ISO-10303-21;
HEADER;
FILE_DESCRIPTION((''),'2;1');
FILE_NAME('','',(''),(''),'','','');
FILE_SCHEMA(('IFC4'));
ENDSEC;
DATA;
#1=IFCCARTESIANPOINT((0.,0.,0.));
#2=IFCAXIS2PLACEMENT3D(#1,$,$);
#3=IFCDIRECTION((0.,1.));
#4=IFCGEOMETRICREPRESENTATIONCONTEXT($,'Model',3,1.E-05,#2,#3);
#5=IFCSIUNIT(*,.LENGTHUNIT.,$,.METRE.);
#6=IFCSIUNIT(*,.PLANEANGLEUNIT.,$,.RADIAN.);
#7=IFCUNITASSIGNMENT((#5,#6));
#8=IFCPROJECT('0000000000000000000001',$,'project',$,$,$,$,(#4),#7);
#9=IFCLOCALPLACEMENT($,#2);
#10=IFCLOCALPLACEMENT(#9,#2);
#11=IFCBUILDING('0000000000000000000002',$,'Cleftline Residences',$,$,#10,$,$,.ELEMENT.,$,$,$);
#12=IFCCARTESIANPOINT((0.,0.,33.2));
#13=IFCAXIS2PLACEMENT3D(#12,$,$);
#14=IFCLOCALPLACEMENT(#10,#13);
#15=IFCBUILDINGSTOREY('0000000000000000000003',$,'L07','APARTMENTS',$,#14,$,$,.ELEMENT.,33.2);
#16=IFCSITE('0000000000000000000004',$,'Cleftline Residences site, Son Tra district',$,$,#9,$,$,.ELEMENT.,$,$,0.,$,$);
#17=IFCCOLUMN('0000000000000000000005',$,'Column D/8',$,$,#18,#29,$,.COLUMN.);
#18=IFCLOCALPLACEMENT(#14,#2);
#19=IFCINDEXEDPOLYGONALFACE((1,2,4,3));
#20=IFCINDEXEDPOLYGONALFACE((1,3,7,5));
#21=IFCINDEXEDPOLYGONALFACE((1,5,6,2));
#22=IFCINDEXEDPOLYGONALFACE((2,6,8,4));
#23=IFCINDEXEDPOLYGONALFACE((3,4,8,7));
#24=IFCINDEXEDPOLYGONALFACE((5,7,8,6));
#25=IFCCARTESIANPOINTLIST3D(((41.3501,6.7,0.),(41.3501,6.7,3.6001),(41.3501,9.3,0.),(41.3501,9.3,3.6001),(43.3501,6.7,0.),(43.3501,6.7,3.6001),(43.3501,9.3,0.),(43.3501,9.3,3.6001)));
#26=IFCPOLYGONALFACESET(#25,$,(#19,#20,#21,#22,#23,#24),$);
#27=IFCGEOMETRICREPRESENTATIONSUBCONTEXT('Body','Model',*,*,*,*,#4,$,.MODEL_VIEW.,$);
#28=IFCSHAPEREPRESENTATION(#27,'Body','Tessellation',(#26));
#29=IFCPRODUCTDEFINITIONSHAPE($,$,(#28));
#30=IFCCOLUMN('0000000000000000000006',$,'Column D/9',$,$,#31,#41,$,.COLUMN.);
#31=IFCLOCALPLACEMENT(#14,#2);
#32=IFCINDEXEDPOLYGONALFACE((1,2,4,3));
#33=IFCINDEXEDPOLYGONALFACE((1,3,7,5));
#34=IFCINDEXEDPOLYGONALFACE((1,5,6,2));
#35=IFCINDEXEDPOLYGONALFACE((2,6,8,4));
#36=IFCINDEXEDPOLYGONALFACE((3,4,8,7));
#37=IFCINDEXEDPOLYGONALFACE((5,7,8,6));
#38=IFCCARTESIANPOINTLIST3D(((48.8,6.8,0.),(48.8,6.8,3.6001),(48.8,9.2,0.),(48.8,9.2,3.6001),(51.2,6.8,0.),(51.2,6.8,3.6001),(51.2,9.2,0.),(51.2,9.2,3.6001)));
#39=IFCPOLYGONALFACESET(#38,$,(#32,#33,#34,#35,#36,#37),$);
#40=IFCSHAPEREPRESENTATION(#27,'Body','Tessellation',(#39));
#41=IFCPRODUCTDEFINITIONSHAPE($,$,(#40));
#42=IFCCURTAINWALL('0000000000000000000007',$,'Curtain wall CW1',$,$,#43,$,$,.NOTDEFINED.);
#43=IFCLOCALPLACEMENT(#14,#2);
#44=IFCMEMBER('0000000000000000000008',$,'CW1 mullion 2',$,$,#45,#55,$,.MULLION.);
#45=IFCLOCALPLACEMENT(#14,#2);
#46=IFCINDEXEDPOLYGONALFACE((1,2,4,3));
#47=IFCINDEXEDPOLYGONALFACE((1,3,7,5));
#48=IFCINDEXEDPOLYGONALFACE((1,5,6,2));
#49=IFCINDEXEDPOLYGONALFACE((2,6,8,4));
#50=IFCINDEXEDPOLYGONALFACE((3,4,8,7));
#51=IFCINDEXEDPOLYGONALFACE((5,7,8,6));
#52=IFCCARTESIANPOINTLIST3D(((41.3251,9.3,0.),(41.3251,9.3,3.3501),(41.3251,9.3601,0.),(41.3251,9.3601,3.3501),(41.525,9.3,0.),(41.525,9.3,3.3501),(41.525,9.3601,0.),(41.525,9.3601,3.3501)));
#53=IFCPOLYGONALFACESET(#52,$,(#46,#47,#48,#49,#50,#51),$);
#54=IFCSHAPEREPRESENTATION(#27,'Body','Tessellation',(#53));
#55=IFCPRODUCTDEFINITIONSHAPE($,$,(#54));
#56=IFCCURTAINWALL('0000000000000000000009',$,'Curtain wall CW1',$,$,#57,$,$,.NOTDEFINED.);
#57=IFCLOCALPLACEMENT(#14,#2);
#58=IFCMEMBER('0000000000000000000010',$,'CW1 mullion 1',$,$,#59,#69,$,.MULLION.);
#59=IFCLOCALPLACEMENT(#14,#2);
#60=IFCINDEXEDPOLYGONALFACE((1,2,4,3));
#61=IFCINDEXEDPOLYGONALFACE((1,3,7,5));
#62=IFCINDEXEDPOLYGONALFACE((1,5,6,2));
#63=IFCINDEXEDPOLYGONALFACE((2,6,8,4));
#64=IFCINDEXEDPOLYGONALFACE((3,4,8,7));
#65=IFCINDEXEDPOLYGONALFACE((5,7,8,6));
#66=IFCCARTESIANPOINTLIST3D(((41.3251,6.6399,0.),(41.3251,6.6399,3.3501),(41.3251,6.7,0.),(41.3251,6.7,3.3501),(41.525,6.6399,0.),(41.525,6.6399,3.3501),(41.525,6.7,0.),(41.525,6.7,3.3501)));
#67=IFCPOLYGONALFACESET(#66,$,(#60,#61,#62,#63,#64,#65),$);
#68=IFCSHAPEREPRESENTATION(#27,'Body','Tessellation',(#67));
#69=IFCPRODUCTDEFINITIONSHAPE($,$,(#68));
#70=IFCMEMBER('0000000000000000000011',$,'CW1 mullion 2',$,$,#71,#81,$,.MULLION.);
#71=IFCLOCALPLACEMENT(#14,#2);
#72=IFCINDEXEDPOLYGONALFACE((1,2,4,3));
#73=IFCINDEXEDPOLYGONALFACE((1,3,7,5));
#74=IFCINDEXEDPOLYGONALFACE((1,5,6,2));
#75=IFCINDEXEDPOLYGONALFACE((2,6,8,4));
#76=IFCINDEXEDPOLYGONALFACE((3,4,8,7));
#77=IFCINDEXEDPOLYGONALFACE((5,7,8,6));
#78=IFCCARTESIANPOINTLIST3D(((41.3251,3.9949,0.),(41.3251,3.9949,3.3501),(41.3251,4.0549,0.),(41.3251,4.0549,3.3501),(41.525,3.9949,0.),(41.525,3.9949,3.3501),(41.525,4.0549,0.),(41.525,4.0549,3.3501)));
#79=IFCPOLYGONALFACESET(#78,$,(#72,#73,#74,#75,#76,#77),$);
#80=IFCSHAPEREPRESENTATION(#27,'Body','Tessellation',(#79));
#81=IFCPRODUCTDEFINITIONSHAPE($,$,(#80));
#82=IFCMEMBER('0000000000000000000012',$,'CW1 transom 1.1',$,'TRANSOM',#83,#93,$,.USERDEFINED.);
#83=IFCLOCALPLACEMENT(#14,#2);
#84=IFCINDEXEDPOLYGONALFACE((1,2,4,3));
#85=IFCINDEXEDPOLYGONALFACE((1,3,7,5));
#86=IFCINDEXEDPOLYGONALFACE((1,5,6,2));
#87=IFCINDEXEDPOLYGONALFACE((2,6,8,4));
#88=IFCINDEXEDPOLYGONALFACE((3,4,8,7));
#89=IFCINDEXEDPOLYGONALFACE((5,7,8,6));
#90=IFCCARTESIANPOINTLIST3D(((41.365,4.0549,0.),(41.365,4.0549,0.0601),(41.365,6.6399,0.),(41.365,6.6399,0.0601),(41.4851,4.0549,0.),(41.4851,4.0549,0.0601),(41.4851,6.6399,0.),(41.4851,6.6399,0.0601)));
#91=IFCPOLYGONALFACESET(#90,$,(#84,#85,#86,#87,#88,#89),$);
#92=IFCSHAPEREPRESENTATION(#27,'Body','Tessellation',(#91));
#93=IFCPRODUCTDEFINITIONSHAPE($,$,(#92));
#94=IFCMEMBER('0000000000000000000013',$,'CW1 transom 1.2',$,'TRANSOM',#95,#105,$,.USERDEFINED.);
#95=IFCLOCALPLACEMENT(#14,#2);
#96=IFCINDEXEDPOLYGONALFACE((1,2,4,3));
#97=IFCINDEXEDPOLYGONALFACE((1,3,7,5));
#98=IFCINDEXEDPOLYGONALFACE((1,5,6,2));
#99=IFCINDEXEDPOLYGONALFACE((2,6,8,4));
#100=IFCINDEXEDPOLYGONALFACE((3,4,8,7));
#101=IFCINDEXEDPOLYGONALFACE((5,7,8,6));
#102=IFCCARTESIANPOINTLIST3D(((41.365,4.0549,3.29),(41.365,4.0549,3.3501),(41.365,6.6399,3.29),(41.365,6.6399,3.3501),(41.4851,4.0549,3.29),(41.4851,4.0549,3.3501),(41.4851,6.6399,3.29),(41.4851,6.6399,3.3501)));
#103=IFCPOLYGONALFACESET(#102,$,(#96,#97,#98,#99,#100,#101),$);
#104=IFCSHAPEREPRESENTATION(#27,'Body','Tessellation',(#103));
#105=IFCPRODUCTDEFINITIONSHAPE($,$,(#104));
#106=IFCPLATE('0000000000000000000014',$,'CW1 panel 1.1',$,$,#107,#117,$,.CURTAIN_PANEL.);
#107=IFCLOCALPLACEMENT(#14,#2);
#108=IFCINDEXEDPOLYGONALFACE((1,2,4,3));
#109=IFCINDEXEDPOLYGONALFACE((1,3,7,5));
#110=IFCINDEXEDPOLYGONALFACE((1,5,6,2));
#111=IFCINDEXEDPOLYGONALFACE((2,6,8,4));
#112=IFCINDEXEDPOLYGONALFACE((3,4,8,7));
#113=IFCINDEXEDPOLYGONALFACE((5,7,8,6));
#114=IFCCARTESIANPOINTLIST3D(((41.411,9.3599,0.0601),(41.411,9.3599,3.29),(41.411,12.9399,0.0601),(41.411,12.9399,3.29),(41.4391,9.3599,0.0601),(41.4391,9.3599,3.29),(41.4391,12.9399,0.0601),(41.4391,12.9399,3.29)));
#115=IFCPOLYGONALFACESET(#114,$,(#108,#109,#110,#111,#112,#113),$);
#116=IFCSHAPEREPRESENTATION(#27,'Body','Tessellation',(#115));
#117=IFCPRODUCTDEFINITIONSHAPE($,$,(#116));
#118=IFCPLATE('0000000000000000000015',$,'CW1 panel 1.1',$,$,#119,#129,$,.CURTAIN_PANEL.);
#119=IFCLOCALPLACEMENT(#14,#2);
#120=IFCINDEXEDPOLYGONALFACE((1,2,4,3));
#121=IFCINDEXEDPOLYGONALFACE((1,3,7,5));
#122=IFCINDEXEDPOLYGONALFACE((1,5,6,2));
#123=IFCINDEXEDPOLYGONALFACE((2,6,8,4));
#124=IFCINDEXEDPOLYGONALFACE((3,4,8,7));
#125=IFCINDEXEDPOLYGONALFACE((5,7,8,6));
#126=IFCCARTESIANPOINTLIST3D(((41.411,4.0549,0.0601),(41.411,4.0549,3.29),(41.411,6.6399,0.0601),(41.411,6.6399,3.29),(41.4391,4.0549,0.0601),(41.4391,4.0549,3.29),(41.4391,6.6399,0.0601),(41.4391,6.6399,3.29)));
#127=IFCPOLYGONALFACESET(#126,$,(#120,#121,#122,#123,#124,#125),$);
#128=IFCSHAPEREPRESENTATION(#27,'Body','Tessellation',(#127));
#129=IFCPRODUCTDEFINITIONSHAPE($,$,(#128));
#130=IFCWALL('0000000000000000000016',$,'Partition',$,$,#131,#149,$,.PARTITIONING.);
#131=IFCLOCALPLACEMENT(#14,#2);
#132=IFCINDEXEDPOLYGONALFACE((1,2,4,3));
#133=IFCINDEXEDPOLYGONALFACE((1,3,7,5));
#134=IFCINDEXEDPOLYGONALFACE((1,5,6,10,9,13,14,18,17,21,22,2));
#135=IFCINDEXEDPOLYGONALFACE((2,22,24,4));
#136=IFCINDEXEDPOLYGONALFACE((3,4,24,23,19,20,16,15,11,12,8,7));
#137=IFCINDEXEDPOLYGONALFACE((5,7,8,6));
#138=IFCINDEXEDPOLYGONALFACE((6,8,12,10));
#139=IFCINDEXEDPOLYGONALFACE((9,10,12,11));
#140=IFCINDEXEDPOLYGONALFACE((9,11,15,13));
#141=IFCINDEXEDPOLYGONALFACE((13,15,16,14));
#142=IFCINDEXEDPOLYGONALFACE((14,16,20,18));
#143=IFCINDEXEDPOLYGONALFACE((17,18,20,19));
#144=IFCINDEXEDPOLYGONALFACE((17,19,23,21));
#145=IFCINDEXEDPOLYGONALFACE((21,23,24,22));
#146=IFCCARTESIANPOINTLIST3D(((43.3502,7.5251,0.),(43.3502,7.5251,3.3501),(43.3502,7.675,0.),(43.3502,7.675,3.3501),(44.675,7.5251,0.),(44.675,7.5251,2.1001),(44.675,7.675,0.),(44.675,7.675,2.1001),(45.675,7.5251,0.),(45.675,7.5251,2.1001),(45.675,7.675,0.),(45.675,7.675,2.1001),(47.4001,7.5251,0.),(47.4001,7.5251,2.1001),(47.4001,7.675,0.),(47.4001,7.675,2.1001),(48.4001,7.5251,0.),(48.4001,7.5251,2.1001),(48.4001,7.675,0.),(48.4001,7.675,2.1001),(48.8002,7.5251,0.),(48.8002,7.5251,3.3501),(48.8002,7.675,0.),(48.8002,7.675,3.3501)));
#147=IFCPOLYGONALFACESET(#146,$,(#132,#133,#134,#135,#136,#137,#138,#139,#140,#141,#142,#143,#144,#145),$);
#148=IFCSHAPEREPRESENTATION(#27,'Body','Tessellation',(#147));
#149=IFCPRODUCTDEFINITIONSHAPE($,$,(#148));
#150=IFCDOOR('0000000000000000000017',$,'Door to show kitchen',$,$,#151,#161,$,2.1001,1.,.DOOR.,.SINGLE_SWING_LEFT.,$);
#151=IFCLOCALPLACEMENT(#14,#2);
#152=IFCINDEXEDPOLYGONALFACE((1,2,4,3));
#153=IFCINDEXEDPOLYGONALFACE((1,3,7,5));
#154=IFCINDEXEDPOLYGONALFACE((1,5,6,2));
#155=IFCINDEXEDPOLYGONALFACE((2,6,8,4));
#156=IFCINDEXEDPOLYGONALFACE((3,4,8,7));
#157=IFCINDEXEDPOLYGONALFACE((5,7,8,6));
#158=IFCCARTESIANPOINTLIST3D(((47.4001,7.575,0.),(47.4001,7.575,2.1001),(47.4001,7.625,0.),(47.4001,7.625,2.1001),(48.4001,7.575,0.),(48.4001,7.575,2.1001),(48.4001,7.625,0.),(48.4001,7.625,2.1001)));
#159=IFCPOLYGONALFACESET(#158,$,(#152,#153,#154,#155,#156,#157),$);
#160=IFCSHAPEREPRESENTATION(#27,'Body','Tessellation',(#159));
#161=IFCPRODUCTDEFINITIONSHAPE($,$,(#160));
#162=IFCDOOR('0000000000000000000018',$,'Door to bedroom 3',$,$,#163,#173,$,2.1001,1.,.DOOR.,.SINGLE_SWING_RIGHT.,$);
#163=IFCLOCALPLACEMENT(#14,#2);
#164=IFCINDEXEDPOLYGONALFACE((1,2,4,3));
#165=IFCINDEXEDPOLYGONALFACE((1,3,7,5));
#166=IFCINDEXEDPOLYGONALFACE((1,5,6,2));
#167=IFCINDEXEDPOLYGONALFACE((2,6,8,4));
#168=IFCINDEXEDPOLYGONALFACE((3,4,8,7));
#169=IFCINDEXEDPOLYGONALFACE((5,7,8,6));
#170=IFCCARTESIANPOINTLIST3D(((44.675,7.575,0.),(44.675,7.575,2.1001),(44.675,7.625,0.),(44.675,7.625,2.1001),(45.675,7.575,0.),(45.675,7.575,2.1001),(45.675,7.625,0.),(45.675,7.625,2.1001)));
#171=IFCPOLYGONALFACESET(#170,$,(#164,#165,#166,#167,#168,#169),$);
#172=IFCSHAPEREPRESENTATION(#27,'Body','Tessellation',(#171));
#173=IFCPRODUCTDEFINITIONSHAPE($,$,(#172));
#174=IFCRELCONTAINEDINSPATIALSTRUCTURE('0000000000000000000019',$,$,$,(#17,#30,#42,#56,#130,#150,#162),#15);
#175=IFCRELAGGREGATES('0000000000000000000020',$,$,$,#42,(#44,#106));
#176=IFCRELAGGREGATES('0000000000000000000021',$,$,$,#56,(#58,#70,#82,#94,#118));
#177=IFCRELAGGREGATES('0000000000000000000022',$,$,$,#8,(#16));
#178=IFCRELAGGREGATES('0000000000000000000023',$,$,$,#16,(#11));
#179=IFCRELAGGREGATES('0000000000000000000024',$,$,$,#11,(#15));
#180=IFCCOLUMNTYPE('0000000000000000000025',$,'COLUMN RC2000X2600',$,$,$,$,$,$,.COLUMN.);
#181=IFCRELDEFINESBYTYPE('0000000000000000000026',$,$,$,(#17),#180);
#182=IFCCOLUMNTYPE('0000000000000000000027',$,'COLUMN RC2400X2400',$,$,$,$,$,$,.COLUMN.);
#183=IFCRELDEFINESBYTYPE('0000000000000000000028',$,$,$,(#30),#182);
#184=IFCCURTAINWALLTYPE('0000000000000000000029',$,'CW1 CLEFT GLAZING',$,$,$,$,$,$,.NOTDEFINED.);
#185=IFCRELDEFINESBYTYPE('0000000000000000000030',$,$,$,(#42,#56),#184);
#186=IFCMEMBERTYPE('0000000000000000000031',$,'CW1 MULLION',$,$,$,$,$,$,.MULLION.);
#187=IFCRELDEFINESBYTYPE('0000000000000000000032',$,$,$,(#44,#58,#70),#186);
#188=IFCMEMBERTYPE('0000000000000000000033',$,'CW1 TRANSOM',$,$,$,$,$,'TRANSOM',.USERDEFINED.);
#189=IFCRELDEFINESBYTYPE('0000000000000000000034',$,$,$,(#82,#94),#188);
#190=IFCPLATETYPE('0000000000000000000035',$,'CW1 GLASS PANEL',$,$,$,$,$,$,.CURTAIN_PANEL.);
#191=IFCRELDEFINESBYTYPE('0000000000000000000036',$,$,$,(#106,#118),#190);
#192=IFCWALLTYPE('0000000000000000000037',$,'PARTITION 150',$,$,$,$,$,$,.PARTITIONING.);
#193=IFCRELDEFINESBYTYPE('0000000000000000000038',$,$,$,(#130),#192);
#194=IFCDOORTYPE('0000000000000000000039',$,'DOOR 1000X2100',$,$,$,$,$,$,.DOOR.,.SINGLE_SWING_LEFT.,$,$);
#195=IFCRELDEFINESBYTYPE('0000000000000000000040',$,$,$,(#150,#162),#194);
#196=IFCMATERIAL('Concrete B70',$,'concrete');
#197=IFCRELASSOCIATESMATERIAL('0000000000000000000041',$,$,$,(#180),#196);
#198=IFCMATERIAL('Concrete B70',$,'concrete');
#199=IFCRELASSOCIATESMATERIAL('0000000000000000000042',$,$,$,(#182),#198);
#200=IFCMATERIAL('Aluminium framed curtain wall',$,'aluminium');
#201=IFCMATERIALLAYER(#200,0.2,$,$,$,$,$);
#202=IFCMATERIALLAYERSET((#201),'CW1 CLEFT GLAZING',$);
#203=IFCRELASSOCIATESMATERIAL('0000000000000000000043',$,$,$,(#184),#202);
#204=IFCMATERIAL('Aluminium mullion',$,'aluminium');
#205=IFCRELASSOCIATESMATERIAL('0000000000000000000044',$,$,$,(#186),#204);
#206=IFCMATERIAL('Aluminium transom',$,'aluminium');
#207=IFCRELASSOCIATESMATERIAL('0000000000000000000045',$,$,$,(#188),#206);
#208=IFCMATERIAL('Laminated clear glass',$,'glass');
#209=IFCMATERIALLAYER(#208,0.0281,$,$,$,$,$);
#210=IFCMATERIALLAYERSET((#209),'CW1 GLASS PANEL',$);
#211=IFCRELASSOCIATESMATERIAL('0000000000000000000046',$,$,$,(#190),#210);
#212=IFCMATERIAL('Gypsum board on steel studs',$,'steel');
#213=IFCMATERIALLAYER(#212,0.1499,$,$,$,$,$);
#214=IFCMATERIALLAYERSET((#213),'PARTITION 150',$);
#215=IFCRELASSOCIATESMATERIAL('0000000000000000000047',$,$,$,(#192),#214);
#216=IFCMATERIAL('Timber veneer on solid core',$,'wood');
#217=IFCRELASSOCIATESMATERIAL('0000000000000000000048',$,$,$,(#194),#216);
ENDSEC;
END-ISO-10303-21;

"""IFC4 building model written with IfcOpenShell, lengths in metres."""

from ifc_helpers import new_model, si_unit, direction, frame, frame_2d, origin, origin_2d, place, context, subcontext, project, spatial, rectangle, extrude, material, layer, layer_set, material_profile, profile_set, type_object, element, fill, aggregate, save


model = new_model("IFC4")

# Units and contexts
model_context = context("Model", 3, precision=1e-05, world=origin(), true_north=direction((0.0, 1.0)))
body_context = subcontext(model_context, "Body", "Model", "MODEL_VIEW")
ifc_project = project(units=[si_unit("LENGTHUNIT", "METRE"), si_unit("PLANEANGLEUNIT", "RADIAN")], contexts=[model_context])

# Site, building, storey
site_placement = place(None, origin())
site = spatial("IfcSite", under=ifc_project, at=site_placement, Name="Cleftline Residences site, Son Tra district", CompositionType="ELEMENT", RefElevation=0.0)
building_placement = place(site_placement, origin())
building = spatial("IfcBuilding", under=site, at=building_placement, Name="Cleftline Residences", CompositionType="ELEMENT")
storey_placement = place(building_placement, frame((0.0, 0.0, 33.2)))
storey = spatial("IfcBuildingStorey", under=building, at=storey_placement, Name="L07", Description="APARTMENTS", CompositionType="ELEMENT", Elevation=33.2)

# Columns
ifc_material_1 = material(Name="Concrete B70", Category="concrete")
ifc_material_profile_1 = material_profile(ifc_material_1, rectangle(XDim=2.0, YDim=2.6001, at=origin_2d()))
ifc_profile_set_1 = profile_set([ifc_material_profile_1], Name="Concrete B70")
column_type_1 = type_object("IfcColumnType", Name="COLUMN RC2000X2600", PredefinedType="COLUMN", material=ifc_profile_set_1)
column_1_placement = place(storey_placement, frame((42.3501, 8.0, 0.0), z_axis=(0.0, 0.0, 1.0), x_axis=(1.0, 0.0, 0.0)))
element("IfcColumn", 1, at=column_1_placement, inside=storey, type_object=column_type_1, Name="Column D/8", PredefinedType="COLUMN", context=body_context, shape_type="SweptSolid", body=[
    extrude(rectangle(XDim=2.0, YDim=2.6001, at=origin_2d()), origin(), (0.0, 0.0, 1.0), 3.6001),
])
ifc_material_2 = material(Name="Concrete B70", Category="concrete")
ifc_material_profile_2 = material_profile(ifc_material_2, rectangle(XDim=2.3999, YDim=2.3999, at=origin_2d()))
ifc_profile_set_2 = profile_set([ifc_material_profile_2], Name="Concrete B70")
column_type_2 = type_object("IfcColumnType", Name="COLUMN RC2400X2400", PredefinedType="COLUMN", material=ifc_profile_set_2)
column_2_placement = place(storey_placement, frame((50.0, 8.0, 0.0), z_axis=(0.0, 0.0, 1.0), x_axis=(1.0, 0.0, 0.0)))
element("IfcColumn", 2, at=column_2_placement, inside=storey, type_object=column_type_2, Name="Column D/9", PredefinedType="COLUMN", context=body_context, shape_type="SweptSolid", body=[
    extrude(rectangle(XDim=2.3999, YDim=2.3999, at=origin_2d()), origin(), (0.0, 0.0, 1.0), 3.6001),
])

# Curtain wall, member
ifc_material_3 = material(Name="Aluminium framed curtain wall", Category="aluminium")
ifc_layer_1 = layer(ifc_material_3, 0.2)
ifc_layer_set_1 = layer_set([ifc_layer_1], Name="CW1 CLEFT GLAZING")
curtain_wall_type = type_object("IfcCurtainWallType", Name="CW1 CLEFT GLAZING", PredefinedType="NOTDEFINED", material=ifc_layer_set_1)
curtain_wall_1_placement = place(storey_placement, origin())
curtain_wall_1 = element("IfcCurtainWall", 3, at=curtain_wall_1_placement, inside=storey, type_object=curtain_wall_type, Name="Curtain wall CW1", PredefinedType="NOTDEFINED")
ifc_material_4 = material(Name="Aluminium mullion", Category="aluminium")
ifc_material_profile_3 = material_profile(ifc_material_4, rectangle(XDim=0.2, YDim=0.0601, at=origin_2d()))
ifc_profile_set_3 = profile_set([ifc_material_profile_3], Name="Aluminium mullion")
member_type_1 = type_object("IfcMemberType", Name="CW1 MULLION", PredefinedType="MULLION", material=ifc_profile_set_3)
member_1_placement = place(storey_placement, frame((41.425, 9.3301, 0.0), z_axis=(0.0, 0.0, 1.0), x_axis=(1.0, 0.0, 0.0)))
member_1 = element("IfcMember", 4, at=member_1_placement, type_object=member_type_1, Name="CW1 mullion 2", PredefinedType="MULLION", context=body_context, shape_type="SweptSolid", body=[
    extrude(rectangle(XDim=0.2, YDim=0.0601, at=origin_2d()), origin(), (0.0, 0.0, 1.0), 3.3501),
])

# Curtain wall, members
curtain_wall_2_placement = place(storey_placement, origin())
curtain_wall_2 = element("IfcCurtainWall", 5, at=curtain_wall_2_placement, inside=storey, type_object=curtain_wall_type, Name="Curtain wall CW1", PredefinedType="NOTDEFINED")
member_2_placement = place(storey_placement, frame((41.425, 6.6699, 0.0), z_axis=(0.0, 0.0, 1.0), x_axis=(1.0, 0.0, 0.0)))
member_2 = element("IfcMember", 6, at=member_2_placement, type_object=member_type_1, Name="CW1 mullion 1", PredefinedType="MULLION", context=body_context, shape_type="SweptSolid", body=[
    extrude(rectangle(XDim=0.2, YDim=0.0601, at=origin_2d()), origin(), (0.0, 0.0, 1.0), 3.3501),
])
member_3_placement = place(storey_placement, frame((41.425, 4.0249, 0.0), z_axis=(0.0, 0.0, 1.0), x_axis=(1.0, 0.0, 0.0)))
member_3 = element("IfcMember", 7, at=member_3_placement, type_object=member_type_1, Name="CW1 mullion 2", PredefinedType="MULLION", context=body_context, shape_type="SweptSolid", body=[
    extrude(rectangle(XDim=0.2, YDim=0.0601, at=origin_2d()), origin(), (0.0, 0.0, 1.0), 3.3501),
])
ifc_material_5 = material(Name="Aluminium transom", Category="aluminium")
ifc_material_profile_4 = material_profile(ifc_material_5, rectangle(XDim=0.1201, YDim=0.0601, at=origin_2d()))
ifc_profile_set_4 = profile_set([ifc_material_profile_4], Name="Aluminium transom")
member_type_2 = type_object("IfcMemberType", Name="CW1 TRANSOM", ElementType="TRANSOM", PredefinedType="USERDEFINED", material=ifc_profile_set_4)
member_4_placement = place(storey_placement, frame((41.425, 6.6399, 0.03), z_axis=(0.0, -1.0, 0.0), x_axis=(1.0, 0.0, 0.0)))
member_4 = element("IfcMember", 8, at=member_4_placement, type_object=member_type_2, Name="CW1 transom 1.1", ObjectType="TRANSOM", PredefinedType="USERDEFINED", context=body_context, shape_type="SweptSolid", body=[
    extrude(rectangle(XDim=0.1201, YDim=0.0601, at=origin_2d()), origin(), (0.0, 0.0, 1.0), 2.585),
])
member_5_placement = place(storey_placement, frame((41.425, 6.6399, 3.3201), z_axis=(0.0, -1.0, 0.0), x_axis=(1.0, 0.0, 0.0)))
member_5 = element("IfcMember", 9, at=member_5_placement, type_object=member_type_2, Name="CW1 transom 1.2", ObjectType="TRANSOM", PredefinedType="USERDEFINED", context=body_context, shape_type="SweptSolid", body=[
    extrude(rectangle(XDim=0.1201, YDim=0.0601, at=origin_2d()), origin(), (0.0, 0.0, 1.0), 2.585),
])

# Plates
ifc_material_6 = material(Name="Laminated clear glass", Category="glass")
ifc_layer_2 = layer(ifc_material_6, 0.0281)
ifc_layer_set_2 = layer_set([ifc_layer_2], Name="CW1 GLASS PANEL")
plate_type = type_object("IfcPlateType", Name="CW1 GLASS PANEL", PredefinedType="CURTAIN_PANEL", material=ifc_layer_set_2)
plate_1_placement = place(storey_placement, frame((41.425, 11.1499, 0.0601), z_axis=(0.0, 0.0, 1.0), x_axis=(0.0, -1.0, 0.0)))
plate_1 = element("IfcPlate", 10, at=plate_1_placement, type_object=plate_type, Name="CW1 panel 1.1", PredefinedType="CURTAIN_PANEL", context=body_context, shape_type="SweptSolid", body=[
    extrude(rectangle(XDim=3.5801, YDim=0.0281, at=origin_2d()), origin(), (0.0, 0.0, 1.0), 3.23),
])
aggregate(curtain_wall_1, [member_1, plate_1])
plate_2_placement = place(storey_placement, frame((41.425, 5.3474, 0.0601), z_axis=(0.0, 0.0, 1.0), x_axis=(0.0, -1.0, 0.0)))
plate_2 = element("IfcPlate", 11, at=plate_2_placement, type_object=plate_type, Name="CW1 panel 1.1", PredefinedType="CURTAIN_PANEL", context=body_context, shape_type="SweptSolid", body=[
    extrude(rectangle(XDim=2.585, YDim=0.0281, at=origin_2d()), origin(), (0.0, 0.0, 1.0), 3.23),
])
aggregate(curtain_wall_2, [member_2, member_3, member_4, member_5, plate_2])

# Wall, openings, doors
ifc_material_7 = material(Name="Gypsum board on steel studs", Category="steel")
ifc_layer_3 = layer(ifc_material_7, 0.1499)
ifc_layer_set_3 = layer_set([ifc_layer_3], Name="PARTITION 150")
wall_type = type_object("IfcWallType", Name="PARTITION 150", PredefinedType="PARTITIONING", material=ifc_layer_set_3)
wall_1_placement = place(storey_placement, frame((43.3501, 7.6001, 0.0), z_axis=(0.0, 0.0, 1.0), x_axis=(1.0, 0.0, 0.0)))
wall_1 = element("IfcWall", 12, at=wall_1_placement, inside=storey, type_object=wall_type, Name="Partition", PredefinedType="PARTITIONING", context=body_context, shape_type="SweptSolid", body=[
    extrude(rectangle(XDim=5.45, YDim=0.1499, at=frame_2d((2.7251, 0.0))), origin(), (0.0, 0.0, 1.0), 3.3501),
])
opening_1_placement = place(wall_1_placement, frame((4.05, 0.0, 0.0)))
opening_1 = element("IfcOpeningElement", 13, at=opening_1_placement, cuts=wall_1, PredefinedType="OPENING", context=body_context, shape_type="SweptSolid", body=[
    extrude(rectangle(XDim=1.0, YDim=2.1001, at=frame_2d((0.5, 1.05))), frame((0.0, 0.085, 0.0), z_axis=(0.0, -1.0, 0.0), x_axis=(1.0, 0.0, 0.0)), (0.0, 0.0, 1.0), 0.1699),
])
opening_2_placement = place(wall_1_placement, frame((1.325, 0.0, 0.0)))
opening_2 = element("IfcOpeningElement", 14, at=opening_2_placement, cuts=wall_1, PredefinedType="OPENING", context=body_context, shape_type="SweptSolid", body=[
    extrude(rectangle(XDim=1.0, YDim=2.1001, at=frame_2d((0.5, 1.05))), frame((0.0, 0.085, 0.0), z_axis=(0.0, -1.0, 0.0), x_axis=(1.0, 0.0, 0.0)), (0.0, 0.0, 1.0), 0.1699),
])
ifc_material_8 = material(Name="Timber veneer on solid core", Category="wood")
door_type_1 = type_object("IfcDoorType", Name="DOOR 1000X2100", OperationType="SINGLE_SWING_LEFT", PredefinedType="DOOR", material=ifc_material_8)
door_1_placement = place(opening_1_placement, origin())
door_1 = element("IfcDoor", 15, at=door_1_placement, inside=storey, type_object=door_type_1, Name="Door to show kitchen", OperationType="SINGLE_SWING_LEFT", OverallHeight=2.1001, OverallWidth=1.0, PredefinedType="DOOR", context=body_context, shape_type="SweptSolid", body=[
    extrude(rectangle(XDim=1.0, YDim=2.1001, at=frame_2d((0.5, 1.05))), frame((0.0, 0.0249, 0.0), z_axis=(0.0, -1.0, 0.0), x_axis=(1.0, 0.0, 0.0)), (0.0, 0.0, 1.0), 0.05),
])
fill(opening_1, door_1)
door_2_placement = place(opening_2_placement, origin())
door_2 = element("IfcDoor", 16, at=door_2_placement, inside=storey, type_object=door_type_1, Name="Door to bedroom 3", OperationType="SINGLE_SWING_RIGHT", OverallHeight=2.1001, OverallWidth=1.0, PredefinedType="DOOR", context=body_context, shape_type="SweptSolid", body=[
    extrude(rectangle(XDim=1.0, YDim=2.1001, at=frame_2d((0.5, 1.05))), frame((0.0, 0.0249, 0.0), z_axis=(0.0, -1.0, 0.0), x_axis=(1.0, 0.0, 0.0)), (0.0, 0.0, 1.0), 0.05),
])
fill(opening_2, door_2)

save(model, "model.ifc")
